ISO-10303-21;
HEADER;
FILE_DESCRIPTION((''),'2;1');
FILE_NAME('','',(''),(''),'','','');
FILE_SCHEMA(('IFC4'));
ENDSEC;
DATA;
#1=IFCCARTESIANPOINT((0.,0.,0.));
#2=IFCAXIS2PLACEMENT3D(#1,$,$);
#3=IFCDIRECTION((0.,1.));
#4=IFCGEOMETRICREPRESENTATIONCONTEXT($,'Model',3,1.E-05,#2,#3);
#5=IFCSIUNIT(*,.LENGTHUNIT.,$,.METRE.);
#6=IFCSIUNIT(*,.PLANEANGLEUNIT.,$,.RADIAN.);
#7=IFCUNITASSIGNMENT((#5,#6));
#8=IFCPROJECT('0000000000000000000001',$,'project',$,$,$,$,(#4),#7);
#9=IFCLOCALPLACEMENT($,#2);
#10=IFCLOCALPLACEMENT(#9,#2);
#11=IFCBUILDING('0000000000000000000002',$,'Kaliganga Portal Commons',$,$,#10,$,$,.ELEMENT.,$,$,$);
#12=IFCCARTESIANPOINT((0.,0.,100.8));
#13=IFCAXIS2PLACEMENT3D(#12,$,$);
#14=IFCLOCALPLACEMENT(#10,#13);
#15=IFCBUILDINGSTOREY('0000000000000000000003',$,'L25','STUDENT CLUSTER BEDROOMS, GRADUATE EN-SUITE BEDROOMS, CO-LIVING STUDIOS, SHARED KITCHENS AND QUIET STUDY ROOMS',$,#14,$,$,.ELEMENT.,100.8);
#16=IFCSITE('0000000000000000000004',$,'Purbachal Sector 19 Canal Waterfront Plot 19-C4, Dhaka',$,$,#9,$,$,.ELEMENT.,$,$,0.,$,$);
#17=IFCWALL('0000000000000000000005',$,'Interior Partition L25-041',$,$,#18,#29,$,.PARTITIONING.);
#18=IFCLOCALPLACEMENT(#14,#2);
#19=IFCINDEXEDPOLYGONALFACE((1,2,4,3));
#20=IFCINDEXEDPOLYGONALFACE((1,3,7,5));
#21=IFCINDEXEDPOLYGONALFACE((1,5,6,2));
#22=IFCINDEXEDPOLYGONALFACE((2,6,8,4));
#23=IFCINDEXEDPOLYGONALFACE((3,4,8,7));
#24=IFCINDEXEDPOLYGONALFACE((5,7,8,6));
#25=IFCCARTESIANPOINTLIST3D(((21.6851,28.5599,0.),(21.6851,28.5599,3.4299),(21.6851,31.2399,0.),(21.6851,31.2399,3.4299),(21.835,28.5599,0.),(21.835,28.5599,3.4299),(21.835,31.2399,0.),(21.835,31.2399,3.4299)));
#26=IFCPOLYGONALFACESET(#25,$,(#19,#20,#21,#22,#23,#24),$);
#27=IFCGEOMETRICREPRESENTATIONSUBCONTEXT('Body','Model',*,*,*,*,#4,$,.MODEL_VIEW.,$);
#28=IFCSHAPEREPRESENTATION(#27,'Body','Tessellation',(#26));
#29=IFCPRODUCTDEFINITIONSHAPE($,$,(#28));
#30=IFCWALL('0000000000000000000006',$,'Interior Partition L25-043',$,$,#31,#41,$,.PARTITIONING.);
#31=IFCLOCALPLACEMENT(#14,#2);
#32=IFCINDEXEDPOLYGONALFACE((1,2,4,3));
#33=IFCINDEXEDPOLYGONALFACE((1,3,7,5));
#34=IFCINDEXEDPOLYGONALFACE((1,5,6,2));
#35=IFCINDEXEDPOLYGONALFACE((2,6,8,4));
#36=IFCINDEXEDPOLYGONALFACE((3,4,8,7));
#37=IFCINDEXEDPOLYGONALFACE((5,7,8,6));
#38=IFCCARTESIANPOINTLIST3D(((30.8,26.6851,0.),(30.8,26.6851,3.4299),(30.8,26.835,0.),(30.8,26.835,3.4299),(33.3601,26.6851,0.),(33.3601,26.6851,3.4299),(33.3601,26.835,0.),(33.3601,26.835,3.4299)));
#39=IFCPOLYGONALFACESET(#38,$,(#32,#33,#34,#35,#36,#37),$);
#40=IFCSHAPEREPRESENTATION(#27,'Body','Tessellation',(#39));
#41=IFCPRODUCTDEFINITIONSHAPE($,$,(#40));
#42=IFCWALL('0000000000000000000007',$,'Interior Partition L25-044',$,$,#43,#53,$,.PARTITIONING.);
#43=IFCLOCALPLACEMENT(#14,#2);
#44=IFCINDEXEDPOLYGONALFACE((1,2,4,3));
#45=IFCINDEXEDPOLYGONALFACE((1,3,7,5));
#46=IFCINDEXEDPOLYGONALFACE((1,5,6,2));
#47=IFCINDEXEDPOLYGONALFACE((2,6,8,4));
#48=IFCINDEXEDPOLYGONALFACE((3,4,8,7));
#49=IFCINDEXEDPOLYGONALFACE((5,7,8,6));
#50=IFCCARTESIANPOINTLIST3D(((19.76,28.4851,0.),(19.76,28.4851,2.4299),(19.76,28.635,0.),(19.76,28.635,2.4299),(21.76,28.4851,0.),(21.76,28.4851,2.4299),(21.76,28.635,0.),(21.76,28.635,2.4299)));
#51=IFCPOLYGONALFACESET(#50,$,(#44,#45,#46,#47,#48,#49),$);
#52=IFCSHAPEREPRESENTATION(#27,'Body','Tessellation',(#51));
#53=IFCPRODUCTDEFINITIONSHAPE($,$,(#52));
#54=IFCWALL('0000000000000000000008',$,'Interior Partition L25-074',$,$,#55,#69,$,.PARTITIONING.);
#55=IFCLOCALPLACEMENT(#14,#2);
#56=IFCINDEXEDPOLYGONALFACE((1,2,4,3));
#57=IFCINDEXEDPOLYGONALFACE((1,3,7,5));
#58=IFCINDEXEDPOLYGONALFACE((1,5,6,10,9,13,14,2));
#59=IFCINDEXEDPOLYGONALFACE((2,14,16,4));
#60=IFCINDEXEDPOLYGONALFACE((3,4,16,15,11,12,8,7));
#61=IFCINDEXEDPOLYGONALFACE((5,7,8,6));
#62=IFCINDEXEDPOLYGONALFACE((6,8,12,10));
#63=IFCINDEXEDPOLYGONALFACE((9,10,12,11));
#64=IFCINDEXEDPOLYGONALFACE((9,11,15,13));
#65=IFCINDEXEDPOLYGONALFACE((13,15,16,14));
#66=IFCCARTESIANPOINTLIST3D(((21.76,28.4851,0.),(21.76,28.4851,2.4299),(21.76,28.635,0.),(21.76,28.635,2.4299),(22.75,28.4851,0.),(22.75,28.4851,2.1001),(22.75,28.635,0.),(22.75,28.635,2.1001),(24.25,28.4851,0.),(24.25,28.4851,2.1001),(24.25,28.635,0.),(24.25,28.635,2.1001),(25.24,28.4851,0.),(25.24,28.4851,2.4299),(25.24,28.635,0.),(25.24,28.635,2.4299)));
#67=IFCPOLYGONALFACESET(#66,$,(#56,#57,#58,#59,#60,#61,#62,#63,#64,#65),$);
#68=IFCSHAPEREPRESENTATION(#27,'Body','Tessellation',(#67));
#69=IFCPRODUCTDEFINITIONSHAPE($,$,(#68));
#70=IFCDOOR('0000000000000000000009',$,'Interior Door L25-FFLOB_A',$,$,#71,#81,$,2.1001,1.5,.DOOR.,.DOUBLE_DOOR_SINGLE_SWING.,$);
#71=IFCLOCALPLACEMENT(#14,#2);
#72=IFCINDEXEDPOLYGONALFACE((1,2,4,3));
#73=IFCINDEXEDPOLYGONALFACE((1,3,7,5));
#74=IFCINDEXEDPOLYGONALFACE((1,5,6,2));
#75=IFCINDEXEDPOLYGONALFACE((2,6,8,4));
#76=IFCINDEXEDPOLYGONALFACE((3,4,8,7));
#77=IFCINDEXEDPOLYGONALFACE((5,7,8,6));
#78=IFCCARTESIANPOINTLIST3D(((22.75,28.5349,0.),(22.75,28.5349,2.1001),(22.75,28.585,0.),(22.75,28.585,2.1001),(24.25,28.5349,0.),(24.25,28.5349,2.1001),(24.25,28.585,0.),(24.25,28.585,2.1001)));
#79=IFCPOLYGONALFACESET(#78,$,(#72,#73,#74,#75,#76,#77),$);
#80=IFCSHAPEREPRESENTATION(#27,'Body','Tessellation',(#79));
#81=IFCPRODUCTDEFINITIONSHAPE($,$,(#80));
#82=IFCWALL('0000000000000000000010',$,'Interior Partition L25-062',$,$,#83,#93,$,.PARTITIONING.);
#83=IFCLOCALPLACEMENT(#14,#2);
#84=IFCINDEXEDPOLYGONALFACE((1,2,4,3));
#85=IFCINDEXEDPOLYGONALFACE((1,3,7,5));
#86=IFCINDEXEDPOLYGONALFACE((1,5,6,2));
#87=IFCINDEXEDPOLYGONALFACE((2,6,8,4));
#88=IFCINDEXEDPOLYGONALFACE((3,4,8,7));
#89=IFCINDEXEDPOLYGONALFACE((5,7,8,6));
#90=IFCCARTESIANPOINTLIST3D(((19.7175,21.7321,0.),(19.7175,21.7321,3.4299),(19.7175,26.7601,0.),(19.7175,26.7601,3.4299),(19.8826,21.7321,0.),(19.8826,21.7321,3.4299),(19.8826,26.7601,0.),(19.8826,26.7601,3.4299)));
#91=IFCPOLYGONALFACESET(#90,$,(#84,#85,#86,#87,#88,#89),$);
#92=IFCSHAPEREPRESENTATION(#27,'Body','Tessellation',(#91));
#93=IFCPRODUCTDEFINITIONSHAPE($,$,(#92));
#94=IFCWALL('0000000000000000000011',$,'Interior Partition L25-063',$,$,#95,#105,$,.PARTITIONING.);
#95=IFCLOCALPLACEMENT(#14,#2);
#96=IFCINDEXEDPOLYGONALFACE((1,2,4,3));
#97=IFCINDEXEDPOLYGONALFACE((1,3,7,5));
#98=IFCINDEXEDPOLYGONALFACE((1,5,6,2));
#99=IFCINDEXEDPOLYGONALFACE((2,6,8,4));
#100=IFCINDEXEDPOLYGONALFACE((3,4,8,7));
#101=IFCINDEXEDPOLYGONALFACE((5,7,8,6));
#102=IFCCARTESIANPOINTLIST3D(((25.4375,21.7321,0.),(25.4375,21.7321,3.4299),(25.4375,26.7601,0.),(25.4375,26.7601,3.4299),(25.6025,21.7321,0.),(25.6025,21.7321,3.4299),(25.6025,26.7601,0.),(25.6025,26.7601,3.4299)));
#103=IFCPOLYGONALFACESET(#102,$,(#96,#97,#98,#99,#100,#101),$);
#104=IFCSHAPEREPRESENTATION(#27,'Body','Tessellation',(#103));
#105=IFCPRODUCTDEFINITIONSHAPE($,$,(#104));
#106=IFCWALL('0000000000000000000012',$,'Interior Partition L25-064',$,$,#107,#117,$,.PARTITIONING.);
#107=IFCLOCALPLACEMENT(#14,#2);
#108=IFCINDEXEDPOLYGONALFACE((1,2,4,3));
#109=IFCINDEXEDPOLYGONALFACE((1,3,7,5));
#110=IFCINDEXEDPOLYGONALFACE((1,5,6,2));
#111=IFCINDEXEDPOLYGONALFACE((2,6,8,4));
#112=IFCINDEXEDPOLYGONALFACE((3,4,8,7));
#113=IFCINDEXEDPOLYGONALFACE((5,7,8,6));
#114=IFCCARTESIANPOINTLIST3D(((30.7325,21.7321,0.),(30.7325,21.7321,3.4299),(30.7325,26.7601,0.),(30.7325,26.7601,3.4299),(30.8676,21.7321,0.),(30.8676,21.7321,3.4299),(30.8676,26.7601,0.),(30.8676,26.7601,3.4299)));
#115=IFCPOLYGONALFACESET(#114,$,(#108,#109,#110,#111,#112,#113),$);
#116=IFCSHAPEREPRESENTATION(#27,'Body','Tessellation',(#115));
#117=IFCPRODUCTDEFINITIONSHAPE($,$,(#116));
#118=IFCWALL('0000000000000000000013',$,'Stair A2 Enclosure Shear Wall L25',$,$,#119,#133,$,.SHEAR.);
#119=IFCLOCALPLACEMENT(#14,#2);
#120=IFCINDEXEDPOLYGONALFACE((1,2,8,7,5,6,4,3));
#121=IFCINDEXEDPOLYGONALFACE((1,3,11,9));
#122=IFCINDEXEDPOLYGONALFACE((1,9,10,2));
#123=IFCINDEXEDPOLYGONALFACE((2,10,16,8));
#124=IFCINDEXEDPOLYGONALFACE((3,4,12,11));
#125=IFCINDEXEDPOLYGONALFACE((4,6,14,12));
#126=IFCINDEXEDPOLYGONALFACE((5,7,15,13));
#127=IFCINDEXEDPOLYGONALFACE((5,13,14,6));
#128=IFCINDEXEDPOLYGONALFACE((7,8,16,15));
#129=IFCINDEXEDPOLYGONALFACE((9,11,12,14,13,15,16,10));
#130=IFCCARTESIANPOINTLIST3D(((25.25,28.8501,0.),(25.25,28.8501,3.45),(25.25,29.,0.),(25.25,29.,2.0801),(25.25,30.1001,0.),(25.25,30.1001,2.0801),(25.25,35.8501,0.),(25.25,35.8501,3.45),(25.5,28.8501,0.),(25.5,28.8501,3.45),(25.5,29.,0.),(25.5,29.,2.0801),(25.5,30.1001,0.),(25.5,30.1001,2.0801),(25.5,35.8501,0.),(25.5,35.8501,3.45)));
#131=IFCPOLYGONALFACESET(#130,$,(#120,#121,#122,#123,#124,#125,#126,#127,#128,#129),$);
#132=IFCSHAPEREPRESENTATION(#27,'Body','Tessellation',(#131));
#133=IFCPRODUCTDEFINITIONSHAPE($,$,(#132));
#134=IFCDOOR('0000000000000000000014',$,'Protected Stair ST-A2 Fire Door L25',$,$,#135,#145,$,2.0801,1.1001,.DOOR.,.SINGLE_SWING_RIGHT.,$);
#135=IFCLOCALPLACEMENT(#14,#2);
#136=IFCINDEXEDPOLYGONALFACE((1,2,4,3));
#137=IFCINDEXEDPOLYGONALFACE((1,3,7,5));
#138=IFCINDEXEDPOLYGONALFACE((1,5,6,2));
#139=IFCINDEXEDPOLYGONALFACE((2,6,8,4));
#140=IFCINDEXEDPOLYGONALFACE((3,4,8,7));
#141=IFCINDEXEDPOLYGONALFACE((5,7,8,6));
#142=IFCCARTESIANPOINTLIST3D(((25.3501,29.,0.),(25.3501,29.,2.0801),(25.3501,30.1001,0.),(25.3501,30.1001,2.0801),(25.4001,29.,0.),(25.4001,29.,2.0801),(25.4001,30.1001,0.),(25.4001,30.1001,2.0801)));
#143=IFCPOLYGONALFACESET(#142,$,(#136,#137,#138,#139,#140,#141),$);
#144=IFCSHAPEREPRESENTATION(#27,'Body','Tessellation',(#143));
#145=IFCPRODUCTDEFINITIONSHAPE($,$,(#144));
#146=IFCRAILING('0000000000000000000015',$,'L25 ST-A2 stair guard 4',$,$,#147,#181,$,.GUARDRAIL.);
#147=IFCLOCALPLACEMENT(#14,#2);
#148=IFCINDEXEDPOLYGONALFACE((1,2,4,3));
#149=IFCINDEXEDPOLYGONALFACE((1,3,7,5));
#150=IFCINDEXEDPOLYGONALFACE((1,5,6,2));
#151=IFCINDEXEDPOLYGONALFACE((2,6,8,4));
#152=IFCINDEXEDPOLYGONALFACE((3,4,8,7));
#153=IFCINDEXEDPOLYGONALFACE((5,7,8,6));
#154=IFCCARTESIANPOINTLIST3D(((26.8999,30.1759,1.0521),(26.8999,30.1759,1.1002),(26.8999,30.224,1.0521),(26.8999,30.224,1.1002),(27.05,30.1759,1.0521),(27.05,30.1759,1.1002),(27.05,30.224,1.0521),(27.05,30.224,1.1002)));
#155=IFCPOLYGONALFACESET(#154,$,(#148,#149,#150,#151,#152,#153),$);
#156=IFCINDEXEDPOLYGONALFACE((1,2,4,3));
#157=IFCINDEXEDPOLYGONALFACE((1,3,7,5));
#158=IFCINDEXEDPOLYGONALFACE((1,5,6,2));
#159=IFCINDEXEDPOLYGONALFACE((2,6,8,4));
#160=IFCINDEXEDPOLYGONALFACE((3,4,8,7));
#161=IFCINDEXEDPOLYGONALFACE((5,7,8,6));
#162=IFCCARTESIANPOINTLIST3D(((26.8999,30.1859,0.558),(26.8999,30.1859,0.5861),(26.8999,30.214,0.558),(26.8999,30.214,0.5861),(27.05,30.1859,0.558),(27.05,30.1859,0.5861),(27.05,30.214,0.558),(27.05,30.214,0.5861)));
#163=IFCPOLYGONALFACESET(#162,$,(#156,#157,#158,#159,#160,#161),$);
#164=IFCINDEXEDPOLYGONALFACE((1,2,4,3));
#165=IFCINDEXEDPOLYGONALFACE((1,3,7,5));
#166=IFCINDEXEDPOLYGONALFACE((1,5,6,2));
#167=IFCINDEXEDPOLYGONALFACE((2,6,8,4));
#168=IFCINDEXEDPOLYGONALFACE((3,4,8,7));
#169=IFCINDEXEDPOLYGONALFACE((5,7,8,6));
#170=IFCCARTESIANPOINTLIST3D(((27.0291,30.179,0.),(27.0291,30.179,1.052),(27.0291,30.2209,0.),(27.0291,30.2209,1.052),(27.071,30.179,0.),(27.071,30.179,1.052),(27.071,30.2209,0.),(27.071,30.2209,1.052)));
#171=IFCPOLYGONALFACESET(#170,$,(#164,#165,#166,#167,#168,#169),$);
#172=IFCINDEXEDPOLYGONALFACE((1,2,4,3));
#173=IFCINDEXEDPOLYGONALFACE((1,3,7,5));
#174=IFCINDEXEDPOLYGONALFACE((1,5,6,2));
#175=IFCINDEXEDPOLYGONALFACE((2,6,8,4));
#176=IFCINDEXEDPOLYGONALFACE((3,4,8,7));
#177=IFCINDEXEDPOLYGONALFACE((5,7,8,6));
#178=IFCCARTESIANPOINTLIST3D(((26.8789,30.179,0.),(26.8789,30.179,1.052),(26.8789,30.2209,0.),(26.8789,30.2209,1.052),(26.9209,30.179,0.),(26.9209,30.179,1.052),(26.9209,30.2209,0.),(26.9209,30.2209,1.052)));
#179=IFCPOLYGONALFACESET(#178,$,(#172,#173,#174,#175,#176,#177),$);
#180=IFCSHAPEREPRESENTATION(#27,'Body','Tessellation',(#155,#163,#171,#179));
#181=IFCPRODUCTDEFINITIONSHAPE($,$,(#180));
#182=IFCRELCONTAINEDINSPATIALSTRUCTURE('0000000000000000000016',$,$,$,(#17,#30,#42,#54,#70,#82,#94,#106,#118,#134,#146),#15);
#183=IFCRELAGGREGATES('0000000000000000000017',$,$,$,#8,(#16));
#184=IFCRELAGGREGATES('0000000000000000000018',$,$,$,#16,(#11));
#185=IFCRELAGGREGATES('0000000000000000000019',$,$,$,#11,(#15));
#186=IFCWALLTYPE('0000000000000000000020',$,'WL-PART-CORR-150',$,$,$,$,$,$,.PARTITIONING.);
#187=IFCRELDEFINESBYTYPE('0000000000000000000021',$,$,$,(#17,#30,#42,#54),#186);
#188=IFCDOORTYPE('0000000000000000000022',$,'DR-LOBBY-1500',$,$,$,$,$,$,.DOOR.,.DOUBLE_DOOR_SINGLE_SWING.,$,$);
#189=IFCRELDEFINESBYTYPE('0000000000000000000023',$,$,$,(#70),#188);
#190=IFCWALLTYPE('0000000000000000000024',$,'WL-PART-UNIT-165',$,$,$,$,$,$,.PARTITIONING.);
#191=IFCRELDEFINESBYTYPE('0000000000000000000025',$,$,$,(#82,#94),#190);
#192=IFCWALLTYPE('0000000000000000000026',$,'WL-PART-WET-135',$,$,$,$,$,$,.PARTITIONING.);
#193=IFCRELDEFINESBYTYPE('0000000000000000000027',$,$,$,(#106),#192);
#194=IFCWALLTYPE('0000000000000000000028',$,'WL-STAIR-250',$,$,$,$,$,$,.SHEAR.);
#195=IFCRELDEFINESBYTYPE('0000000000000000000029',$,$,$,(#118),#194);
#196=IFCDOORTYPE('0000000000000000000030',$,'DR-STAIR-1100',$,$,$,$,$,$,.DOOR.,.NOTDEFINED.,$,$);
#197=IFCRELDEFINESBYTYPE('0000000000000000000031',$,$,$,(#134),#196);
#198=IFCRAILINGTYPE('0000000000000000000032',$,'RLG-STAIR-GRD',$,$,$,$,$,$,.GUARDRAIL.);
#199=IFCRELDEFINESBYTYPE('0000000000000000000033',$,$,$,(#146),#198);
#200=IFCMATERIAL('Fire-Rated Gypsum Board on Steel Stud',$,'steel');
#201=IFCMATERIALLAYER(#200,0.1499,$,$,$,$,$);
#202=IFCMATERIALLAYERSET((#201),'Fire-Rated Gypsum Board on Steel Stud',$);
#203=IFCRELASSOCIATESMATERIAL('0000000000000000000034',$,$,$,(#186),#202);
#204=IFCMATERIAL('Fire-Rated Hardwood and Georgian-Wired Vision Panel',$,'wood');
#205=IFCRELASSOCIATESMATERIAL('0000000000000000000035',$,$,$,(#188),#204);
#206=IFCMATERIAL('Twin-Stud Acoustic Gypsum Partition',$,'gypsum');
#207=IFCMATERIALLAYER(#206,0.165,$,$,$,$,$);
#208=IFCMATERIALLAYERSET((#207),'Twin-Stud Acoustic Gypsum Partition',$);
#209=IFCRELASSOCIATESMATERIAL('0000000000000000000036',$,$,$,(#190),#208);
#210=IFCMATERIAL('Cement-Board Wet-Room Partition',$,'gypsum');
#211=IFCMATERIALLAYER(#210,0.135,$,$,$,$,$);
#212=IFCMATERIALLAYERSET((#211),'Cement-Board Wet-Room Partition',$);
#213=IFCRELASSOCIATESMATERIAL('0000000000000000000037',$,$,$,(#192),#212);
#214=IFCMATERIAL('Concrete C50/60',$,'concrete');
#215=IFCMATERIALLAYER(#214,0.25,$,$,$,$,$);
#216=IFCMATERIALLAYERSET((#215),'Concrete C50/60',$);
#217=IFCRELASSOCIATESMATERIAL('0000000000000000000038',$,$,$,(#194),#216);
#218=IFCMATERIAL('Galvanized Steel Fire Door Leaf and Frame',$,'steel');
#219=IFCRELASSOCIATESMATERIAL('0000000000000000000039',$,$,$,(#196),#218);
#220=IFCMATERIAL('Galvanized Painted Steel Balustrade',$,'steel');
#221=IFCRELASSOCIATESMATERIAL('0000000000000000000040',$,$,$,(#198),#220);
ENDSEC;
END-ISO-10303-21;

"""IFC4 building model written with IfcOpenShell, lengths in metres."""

from ifc_helpers import new_model, si_unit, direction, frame, frame_2d, origin, origin_2d, place, context, subcontext, project, spatial, rectangle, extrude, material, layer, layer_set, type_object, element, fill, save


model = new_model("IFC4")

# Units and contexts
model_context = context("Model", 3, precision=1e-05, world=origin(), true_north=direction((0.0, 1.0)))
body_context = subcontext(model_context, "Body", "Model", "MODEL_VIEW")
ifc_project = project(units=[si_unit("LENGTHUNIT", "METRE"), si_unit("PLANEANGLEUNIT", "RADIAN")], contexts=[model_context])

# Site, building, storey
site_placement = place(None, origin())
site = spatial("IfcSite", under=ifc_project, at=site_placement, Name="Purbachal Sector 19 Canal Waterfront Plot 19-C4, Dhaka", CompositionType="ELEMENT", RefElevation=0.0)
building_placement = place(site_placement, origin())
building = spatial("IfcBuilding", under=site, at=building_placement, Name="Kaliganga Portal Commons", CompositionType="ELEMENT")
storey_placement = place(building_placement, frame((0.0, 0.0, 100.8)))
storey = spatial("IfcBuildingStorey", under=building, at=storey_placement, Name="L25", Description="STUDENT CLUSTER BEDROOMS, GRADUATE EN-SUITE BEDROOMS, CO-LIVING STUDIOS, SHARED KITCHENS AND QUIET STUDY ROOMS", CompositionType="ELEMENT", Elevation=100.8)

# Shared definitions
ifc_material_1 = material(Name="Fire-Rated Gypsum Board on Steel Stud", Category="steel")
ifc_layer_1 = layer(ifc_material_1, 0.1499)
ifc_layer_set_1 = layer_set([ifc_layer_1], Name="Fire-Rated Gypsum Board on Steel Stud")
wall_type_1 = type_object("IfcWallType", Name="WL-PART-CORR-150", PredefinedType="PARTITIONING", material=ifc_layer_set_1)

# Walls
wall_1_placement = place(storey_placement, frame((21.76, 28.5601, 0.0), z_axis=(0.0, 0.0, 1.0), x_axis=(0.0, 1.0, 0.0)))
element("IfcWall", 1, at=wall_1_placement, inside=storey, type_object=wall_type_1, Name="Interior Partition L25-041", PredefinedType="PARTITIONING", context=body_context, shape_type="SweptSolid", body=[
    extrude(rectangle(XDim=2.6799, YDim=0.1499, at=frame_2d((1.3398, 0.0))), origin(), (0.0, 0.0, 1.0), 3.4299),
])
wall_2_placement = place(storey_placement, frame((30.8, 26.76, 0.0), z_axis=(0.0, 0.0, 1.0), x_axis=(1.0, 0.0, 0.0)))
element("IfcWall", 2, at=wall_2_placement, inside=storey, type_object=wall_type_1, Name="Interior Partition L25-043", PredefinedType="PARTITIONING", context=body_context, shape_type="SweptSolid", body=[
    extrude(rectangle(XDim=2.5601, YDim=0.1499, at=frame_2d((1.28, 0.0))), origin(), (0.0, 0.0, 1.0), 3.4299),
])
wall_3_placement = place(storey_placement, frame((19.76, 28.5601, 0.0), z_axis=(0.0, 0.0, 1.0), x_axis=(1.0, 0.0, 0.0)))
element("IfcWall", 3, at=wall_3_placement, inside=storey, type_object=wall_type_1, Name="Interior Partition L25-044", PredefinedType="PARTITIONING", context=body_context, shape_type="SweptSolid", body=[
    extrude(rectangle(XDim=2.0, YDim=0.1499, at=frame_2d((1.0, 0.0))), origin(), (0.0, 0.0, 1.0), 2.4299),
])

# Wall, opening, door
wall_4_placement = place(storey_placement, frame((21.76, 28.5601, 0.0), z_axis=(0.0, 0.0, 1.0), x_axis=(1.0, 0.0, 0.0)))
wall_4 = element("IfcWall", 4, at=wall_4_placement, inside=storey, type_object=wall_type_1, Name="Interior Partition L25-074", PredefinedType="PARTITIONING", context=body_context, shape_type="SweptSolid", body=[
    extrude(rectangle(XDim=3.48, YDim=0.1499, at=frame_2d((1.74, 0.0))), origin(), (0.0, 0.0, 1.0), 2.4299),
])
opening_1_placement = place(wall_4_placement, frame((0.99, 0.0, 0.0)))
opening_1 = element("IfcOpeningElement", 5, at=opening_1_placement, cuts=wall_4, PredefinedType="OPENING", context=body_context, shape_type="SweptSolid", body=[
    extrude(rectangle(XDim=1.5, YDim=2.1001, at=frame_2d((0.75, 1.05))), frame((0.0, 0.085, 0.0), z_axis=(0.0, -1.0, 0.0), x_axis=(1.0, 0.0, 0.0)), (0.0, 0.0, 1.0), 0.1699),
])
ifc_material_2 = material(Name="Fire-Rated Hardwood and Georgian-Wired Vision Panel", Category="wood")
door_type_1 = type_object("IfcDoorType", Name="DR-LOBBY-1500", OperationType="DOUBLE_DOOR_SINGLE_SWING", PredefinedType="DOOR", material=ifc_material_2)
door_1_placement = place(opening_1_placement, origin())
door_1 = element("IfcDoor", 6, at=door_1_placement, inside=storey, type_object=door_type_1, Name="Interior Door L25-FFLOB_A", OperationType="DOUBLE_DOOR_SINGLE_SWING", OverallHeight=2.1001, OverallWidth=1.5, PredefinedType="DOOR", context=body_context, shape_type="SweptSolid", body=[
    extrude(rectangle(XDim=1.5, YDim=2.1001, at=frame_2d((0.75, 1.05))), frame((0.0, 0.0249, 0.0), z_axis=(0.0, -1.0, 0.0), x_axis=(1.0, 0.0, 0.0)), (0.0, 0.0, 1.0), 0.05),
])
fill(opening_1, door_1)

# Walls
ifc_material_3 = material(Name="Twin-Stud Acoustic Gypsum Partition", Category="gypsum")
ifc_layer_2 = layer(ifc_material_3, 0.165)
ifc_layer_set_2 = layer_set([ifc_layer_2], Name="Twin-Stud Acoustic Gypsum Partition")
wall_type_2 = type_object("IfcWallType", Name="WL-PART-UNIT-165", PredefinedType="PARTITIONING", material=ifc_layer_set_2)
for number, where, z_axis, x_axis, name in (
    (7, (19.8, 21.7319, 0.0), (0.0, 0.0, 1.0), (0.0, 1.0, 0.0), "Interior Partition L25-062"),
    (8, (25.52, 21.7319, 0.0), (0.0, 0.0, 1.0), (0.0, 1.0, 0.0), "Interior Partition L25-063"),
):
    element("IfcWall", number, at=place(storey_placement, frame(where, z_axis=z_axis, x_axis=x_axis)), inside=storey, type_object=wall_type_2, Name=name, PredefinedType="PARTITIONING", context=body_context, shape_type="SweptSolid", body=[
        extrude(rectangle(XDim=5.0281, YDim=0.165, at=frame_2d((2.5142, 0.0))), origin(), (0.0, 0.0, 1.0), 3.4299),
    ])
ifc_material_4 = material(Name="Cement-Board Wet-Room Partition", Category="gypsum")
ifc_layer_3 = layer(ifc_material_4, 0.135)
ifc_layer_set_3 = layer_set([ifc_layer_3], Name="Cement-Board Wet-Room Partition")
wall_type_3 = type_object("IfcWallType", Name="WL-PART-WET-135", PredefinedType="PARTITIONING", material=ifc_layer_set_3)
wall_5_placement = place(storey_placement, frame((30.8, 21.7319, 0.0), z_axis=(0.0, 0.0, 1.0), x_axis=(0.0, 1.0, 0.0)))
element("IfcWall", 9, at=wall_5_placement, inside=storey, type_object=wall_type_3, Name="Interior Partition L25-064", PredefinedType="PARTITIONING", context=body_context, shape_type="SweptSolid", body=[
    extrude(rectangle(XDim=5.0281, YDim=0.135, at=frame_2d((2.5142, 0.0))), origin(), (0.0, 0.0, 1.0), 3.4299),
])

# Wall, opening, door
ifc_material_5 = material(Name="Concrete C50/60", Category="concrete")
ifc_layer_4 = layer(ifc_material_5, 0.25)
ifc_layer_set_4 = layer_set([ifc_layer_4], Name="Concrete C50/60")
wall_type_4 = type_object("IfcWallType", Name="WL-STAIR-250", PredefinedType="SHEAR", material=ifc_layer_set_4)
wall_6_placement = place(storey_placement, frame((25.375, 28.8501, 0.0), z_axis=(0.0, 0.0, 1.0), x_axis=(0.0, 1.0, 0.0)))
wall_6 = element("IfcWall", 10, at=wall_6_placement, inside=storey, type_object=wall_type_4, Name="Stair A2 Enclosure Shear Wall L25", PredefinedType="SHEAR", context=body_context, shape_type="SweptSolid", body=[
    extrude(rectangle(XDim=7.0, YDim=0.25, at=frame_2d((3.5, 0.0))), origin(), (0.0, 0.0, 1.0), 3.45),
])
opening_2_placement = place(wall_6_placement, frame((0.1499, 0.0, 0.0)))
opening_2 = element("IfcOpeningElement", 11, at=opening_2_placement, cuts=wall_6, PredefinedType="OPENING", context=body_context, shape_type="SweptSolid", body=[
    extrude(rectangle(XDim=1.1001, YDim=2.0801, at=frame_2d((0.55, 1.04))), frame((0.0, 0.135, 0.0), z_axis=(0.0, -1.0, 0.0), x_axis=(1.0, 0.0, 0.0)), (0.0, 0.0, 1.0), 0.27),
])
ifc_material_6 = material(Name="Galvanized Steel Fire Door Leaf and Frame", Category="steel")
door_type_2 = type_object("IfcDoorType", Name="DR-STAIR-1100", OperationType="NOTDEFINED", PredefinedType="DOOR", material=ifc_material_6)
door_2_placement = place(opening_2_placement, origin())
door_2 = element("IfcDoor", 12, at=door_2_placement, inside=storey, type_object=door_type_2, Name="Protected Stair ST-A2 Fire Door L25", OperationType="SINGLE_SWING_RIGHT", OverallHeight=2.0801, OverallWidth=1.1001, PredefinedType="DOOR", context=body_context, shape_type="SweptSolid", body=[
    extrude(rectangle(XDim=1.1001, YDim=2.0801, at=frame_2d((0.55, 1.04))), frame((0.0, 0.0249, 0.0), z_axis=(0.0, -1.0, 0.0), x_axis=(1.0, 0.0, 0.0)), (0.0, 0.0, 1.0), 0.05),
])
fill(opening_2, door_2)

# Railing
ifc_material_7 = material(Name="Galvanized Painted Steel Balustrade", Category="steel")
railing_type = type_object("IfcRailingType", Name="RLG-STAIR-GRD", PredefinedType="GUARDRAIL", material=ifc_material_7)
railing_placement = place(storey_placement, frame((27.05, 30.2, 0.0)))
element("IfcRailing", 13, at=railing_placement, inside=storey, type_object=railing_type, Name="L25 ST-A2 stair guard 4", PredefinedType="GUARDRAIL", context=body_context, shape_type="SweptSolid", body=[
    extrude(rectangle(XDim=0.0481, YDim=0.0481, at=origin_2d()), frame((0.0, 0.0, 1.0762), z_axis=(-1.0, 0.0, 0.0), x_axis=(0.0, -1.0, 0.0)), (0.0, 0.0, 1.0), 0.1501),
    extrude(rectangle(XDim=0.0281, YDim=0.0281, at=origin_2d()), frame((0.0, 0.0, 0.572), z_axis=(-1.0, 0.0, 0.0), x_axis=(0.0, -1.0, 0.0)), (0.0, 0.0, 1.0), 0.1501),
    extrude(rectangle(XDim=0.042, YDim=0.042, at=origin_2d()), origin(), (0.0, 0.0, 1.0), 1.052),
    extrude(rectangle(XDim=0.042, YDim=0.042, at=origin_2d()), frame((-0.1501, 0.0, 0.0)), (0.0, 0.0, 1.0), 1.052),
])

save(model, "model.ifc")
